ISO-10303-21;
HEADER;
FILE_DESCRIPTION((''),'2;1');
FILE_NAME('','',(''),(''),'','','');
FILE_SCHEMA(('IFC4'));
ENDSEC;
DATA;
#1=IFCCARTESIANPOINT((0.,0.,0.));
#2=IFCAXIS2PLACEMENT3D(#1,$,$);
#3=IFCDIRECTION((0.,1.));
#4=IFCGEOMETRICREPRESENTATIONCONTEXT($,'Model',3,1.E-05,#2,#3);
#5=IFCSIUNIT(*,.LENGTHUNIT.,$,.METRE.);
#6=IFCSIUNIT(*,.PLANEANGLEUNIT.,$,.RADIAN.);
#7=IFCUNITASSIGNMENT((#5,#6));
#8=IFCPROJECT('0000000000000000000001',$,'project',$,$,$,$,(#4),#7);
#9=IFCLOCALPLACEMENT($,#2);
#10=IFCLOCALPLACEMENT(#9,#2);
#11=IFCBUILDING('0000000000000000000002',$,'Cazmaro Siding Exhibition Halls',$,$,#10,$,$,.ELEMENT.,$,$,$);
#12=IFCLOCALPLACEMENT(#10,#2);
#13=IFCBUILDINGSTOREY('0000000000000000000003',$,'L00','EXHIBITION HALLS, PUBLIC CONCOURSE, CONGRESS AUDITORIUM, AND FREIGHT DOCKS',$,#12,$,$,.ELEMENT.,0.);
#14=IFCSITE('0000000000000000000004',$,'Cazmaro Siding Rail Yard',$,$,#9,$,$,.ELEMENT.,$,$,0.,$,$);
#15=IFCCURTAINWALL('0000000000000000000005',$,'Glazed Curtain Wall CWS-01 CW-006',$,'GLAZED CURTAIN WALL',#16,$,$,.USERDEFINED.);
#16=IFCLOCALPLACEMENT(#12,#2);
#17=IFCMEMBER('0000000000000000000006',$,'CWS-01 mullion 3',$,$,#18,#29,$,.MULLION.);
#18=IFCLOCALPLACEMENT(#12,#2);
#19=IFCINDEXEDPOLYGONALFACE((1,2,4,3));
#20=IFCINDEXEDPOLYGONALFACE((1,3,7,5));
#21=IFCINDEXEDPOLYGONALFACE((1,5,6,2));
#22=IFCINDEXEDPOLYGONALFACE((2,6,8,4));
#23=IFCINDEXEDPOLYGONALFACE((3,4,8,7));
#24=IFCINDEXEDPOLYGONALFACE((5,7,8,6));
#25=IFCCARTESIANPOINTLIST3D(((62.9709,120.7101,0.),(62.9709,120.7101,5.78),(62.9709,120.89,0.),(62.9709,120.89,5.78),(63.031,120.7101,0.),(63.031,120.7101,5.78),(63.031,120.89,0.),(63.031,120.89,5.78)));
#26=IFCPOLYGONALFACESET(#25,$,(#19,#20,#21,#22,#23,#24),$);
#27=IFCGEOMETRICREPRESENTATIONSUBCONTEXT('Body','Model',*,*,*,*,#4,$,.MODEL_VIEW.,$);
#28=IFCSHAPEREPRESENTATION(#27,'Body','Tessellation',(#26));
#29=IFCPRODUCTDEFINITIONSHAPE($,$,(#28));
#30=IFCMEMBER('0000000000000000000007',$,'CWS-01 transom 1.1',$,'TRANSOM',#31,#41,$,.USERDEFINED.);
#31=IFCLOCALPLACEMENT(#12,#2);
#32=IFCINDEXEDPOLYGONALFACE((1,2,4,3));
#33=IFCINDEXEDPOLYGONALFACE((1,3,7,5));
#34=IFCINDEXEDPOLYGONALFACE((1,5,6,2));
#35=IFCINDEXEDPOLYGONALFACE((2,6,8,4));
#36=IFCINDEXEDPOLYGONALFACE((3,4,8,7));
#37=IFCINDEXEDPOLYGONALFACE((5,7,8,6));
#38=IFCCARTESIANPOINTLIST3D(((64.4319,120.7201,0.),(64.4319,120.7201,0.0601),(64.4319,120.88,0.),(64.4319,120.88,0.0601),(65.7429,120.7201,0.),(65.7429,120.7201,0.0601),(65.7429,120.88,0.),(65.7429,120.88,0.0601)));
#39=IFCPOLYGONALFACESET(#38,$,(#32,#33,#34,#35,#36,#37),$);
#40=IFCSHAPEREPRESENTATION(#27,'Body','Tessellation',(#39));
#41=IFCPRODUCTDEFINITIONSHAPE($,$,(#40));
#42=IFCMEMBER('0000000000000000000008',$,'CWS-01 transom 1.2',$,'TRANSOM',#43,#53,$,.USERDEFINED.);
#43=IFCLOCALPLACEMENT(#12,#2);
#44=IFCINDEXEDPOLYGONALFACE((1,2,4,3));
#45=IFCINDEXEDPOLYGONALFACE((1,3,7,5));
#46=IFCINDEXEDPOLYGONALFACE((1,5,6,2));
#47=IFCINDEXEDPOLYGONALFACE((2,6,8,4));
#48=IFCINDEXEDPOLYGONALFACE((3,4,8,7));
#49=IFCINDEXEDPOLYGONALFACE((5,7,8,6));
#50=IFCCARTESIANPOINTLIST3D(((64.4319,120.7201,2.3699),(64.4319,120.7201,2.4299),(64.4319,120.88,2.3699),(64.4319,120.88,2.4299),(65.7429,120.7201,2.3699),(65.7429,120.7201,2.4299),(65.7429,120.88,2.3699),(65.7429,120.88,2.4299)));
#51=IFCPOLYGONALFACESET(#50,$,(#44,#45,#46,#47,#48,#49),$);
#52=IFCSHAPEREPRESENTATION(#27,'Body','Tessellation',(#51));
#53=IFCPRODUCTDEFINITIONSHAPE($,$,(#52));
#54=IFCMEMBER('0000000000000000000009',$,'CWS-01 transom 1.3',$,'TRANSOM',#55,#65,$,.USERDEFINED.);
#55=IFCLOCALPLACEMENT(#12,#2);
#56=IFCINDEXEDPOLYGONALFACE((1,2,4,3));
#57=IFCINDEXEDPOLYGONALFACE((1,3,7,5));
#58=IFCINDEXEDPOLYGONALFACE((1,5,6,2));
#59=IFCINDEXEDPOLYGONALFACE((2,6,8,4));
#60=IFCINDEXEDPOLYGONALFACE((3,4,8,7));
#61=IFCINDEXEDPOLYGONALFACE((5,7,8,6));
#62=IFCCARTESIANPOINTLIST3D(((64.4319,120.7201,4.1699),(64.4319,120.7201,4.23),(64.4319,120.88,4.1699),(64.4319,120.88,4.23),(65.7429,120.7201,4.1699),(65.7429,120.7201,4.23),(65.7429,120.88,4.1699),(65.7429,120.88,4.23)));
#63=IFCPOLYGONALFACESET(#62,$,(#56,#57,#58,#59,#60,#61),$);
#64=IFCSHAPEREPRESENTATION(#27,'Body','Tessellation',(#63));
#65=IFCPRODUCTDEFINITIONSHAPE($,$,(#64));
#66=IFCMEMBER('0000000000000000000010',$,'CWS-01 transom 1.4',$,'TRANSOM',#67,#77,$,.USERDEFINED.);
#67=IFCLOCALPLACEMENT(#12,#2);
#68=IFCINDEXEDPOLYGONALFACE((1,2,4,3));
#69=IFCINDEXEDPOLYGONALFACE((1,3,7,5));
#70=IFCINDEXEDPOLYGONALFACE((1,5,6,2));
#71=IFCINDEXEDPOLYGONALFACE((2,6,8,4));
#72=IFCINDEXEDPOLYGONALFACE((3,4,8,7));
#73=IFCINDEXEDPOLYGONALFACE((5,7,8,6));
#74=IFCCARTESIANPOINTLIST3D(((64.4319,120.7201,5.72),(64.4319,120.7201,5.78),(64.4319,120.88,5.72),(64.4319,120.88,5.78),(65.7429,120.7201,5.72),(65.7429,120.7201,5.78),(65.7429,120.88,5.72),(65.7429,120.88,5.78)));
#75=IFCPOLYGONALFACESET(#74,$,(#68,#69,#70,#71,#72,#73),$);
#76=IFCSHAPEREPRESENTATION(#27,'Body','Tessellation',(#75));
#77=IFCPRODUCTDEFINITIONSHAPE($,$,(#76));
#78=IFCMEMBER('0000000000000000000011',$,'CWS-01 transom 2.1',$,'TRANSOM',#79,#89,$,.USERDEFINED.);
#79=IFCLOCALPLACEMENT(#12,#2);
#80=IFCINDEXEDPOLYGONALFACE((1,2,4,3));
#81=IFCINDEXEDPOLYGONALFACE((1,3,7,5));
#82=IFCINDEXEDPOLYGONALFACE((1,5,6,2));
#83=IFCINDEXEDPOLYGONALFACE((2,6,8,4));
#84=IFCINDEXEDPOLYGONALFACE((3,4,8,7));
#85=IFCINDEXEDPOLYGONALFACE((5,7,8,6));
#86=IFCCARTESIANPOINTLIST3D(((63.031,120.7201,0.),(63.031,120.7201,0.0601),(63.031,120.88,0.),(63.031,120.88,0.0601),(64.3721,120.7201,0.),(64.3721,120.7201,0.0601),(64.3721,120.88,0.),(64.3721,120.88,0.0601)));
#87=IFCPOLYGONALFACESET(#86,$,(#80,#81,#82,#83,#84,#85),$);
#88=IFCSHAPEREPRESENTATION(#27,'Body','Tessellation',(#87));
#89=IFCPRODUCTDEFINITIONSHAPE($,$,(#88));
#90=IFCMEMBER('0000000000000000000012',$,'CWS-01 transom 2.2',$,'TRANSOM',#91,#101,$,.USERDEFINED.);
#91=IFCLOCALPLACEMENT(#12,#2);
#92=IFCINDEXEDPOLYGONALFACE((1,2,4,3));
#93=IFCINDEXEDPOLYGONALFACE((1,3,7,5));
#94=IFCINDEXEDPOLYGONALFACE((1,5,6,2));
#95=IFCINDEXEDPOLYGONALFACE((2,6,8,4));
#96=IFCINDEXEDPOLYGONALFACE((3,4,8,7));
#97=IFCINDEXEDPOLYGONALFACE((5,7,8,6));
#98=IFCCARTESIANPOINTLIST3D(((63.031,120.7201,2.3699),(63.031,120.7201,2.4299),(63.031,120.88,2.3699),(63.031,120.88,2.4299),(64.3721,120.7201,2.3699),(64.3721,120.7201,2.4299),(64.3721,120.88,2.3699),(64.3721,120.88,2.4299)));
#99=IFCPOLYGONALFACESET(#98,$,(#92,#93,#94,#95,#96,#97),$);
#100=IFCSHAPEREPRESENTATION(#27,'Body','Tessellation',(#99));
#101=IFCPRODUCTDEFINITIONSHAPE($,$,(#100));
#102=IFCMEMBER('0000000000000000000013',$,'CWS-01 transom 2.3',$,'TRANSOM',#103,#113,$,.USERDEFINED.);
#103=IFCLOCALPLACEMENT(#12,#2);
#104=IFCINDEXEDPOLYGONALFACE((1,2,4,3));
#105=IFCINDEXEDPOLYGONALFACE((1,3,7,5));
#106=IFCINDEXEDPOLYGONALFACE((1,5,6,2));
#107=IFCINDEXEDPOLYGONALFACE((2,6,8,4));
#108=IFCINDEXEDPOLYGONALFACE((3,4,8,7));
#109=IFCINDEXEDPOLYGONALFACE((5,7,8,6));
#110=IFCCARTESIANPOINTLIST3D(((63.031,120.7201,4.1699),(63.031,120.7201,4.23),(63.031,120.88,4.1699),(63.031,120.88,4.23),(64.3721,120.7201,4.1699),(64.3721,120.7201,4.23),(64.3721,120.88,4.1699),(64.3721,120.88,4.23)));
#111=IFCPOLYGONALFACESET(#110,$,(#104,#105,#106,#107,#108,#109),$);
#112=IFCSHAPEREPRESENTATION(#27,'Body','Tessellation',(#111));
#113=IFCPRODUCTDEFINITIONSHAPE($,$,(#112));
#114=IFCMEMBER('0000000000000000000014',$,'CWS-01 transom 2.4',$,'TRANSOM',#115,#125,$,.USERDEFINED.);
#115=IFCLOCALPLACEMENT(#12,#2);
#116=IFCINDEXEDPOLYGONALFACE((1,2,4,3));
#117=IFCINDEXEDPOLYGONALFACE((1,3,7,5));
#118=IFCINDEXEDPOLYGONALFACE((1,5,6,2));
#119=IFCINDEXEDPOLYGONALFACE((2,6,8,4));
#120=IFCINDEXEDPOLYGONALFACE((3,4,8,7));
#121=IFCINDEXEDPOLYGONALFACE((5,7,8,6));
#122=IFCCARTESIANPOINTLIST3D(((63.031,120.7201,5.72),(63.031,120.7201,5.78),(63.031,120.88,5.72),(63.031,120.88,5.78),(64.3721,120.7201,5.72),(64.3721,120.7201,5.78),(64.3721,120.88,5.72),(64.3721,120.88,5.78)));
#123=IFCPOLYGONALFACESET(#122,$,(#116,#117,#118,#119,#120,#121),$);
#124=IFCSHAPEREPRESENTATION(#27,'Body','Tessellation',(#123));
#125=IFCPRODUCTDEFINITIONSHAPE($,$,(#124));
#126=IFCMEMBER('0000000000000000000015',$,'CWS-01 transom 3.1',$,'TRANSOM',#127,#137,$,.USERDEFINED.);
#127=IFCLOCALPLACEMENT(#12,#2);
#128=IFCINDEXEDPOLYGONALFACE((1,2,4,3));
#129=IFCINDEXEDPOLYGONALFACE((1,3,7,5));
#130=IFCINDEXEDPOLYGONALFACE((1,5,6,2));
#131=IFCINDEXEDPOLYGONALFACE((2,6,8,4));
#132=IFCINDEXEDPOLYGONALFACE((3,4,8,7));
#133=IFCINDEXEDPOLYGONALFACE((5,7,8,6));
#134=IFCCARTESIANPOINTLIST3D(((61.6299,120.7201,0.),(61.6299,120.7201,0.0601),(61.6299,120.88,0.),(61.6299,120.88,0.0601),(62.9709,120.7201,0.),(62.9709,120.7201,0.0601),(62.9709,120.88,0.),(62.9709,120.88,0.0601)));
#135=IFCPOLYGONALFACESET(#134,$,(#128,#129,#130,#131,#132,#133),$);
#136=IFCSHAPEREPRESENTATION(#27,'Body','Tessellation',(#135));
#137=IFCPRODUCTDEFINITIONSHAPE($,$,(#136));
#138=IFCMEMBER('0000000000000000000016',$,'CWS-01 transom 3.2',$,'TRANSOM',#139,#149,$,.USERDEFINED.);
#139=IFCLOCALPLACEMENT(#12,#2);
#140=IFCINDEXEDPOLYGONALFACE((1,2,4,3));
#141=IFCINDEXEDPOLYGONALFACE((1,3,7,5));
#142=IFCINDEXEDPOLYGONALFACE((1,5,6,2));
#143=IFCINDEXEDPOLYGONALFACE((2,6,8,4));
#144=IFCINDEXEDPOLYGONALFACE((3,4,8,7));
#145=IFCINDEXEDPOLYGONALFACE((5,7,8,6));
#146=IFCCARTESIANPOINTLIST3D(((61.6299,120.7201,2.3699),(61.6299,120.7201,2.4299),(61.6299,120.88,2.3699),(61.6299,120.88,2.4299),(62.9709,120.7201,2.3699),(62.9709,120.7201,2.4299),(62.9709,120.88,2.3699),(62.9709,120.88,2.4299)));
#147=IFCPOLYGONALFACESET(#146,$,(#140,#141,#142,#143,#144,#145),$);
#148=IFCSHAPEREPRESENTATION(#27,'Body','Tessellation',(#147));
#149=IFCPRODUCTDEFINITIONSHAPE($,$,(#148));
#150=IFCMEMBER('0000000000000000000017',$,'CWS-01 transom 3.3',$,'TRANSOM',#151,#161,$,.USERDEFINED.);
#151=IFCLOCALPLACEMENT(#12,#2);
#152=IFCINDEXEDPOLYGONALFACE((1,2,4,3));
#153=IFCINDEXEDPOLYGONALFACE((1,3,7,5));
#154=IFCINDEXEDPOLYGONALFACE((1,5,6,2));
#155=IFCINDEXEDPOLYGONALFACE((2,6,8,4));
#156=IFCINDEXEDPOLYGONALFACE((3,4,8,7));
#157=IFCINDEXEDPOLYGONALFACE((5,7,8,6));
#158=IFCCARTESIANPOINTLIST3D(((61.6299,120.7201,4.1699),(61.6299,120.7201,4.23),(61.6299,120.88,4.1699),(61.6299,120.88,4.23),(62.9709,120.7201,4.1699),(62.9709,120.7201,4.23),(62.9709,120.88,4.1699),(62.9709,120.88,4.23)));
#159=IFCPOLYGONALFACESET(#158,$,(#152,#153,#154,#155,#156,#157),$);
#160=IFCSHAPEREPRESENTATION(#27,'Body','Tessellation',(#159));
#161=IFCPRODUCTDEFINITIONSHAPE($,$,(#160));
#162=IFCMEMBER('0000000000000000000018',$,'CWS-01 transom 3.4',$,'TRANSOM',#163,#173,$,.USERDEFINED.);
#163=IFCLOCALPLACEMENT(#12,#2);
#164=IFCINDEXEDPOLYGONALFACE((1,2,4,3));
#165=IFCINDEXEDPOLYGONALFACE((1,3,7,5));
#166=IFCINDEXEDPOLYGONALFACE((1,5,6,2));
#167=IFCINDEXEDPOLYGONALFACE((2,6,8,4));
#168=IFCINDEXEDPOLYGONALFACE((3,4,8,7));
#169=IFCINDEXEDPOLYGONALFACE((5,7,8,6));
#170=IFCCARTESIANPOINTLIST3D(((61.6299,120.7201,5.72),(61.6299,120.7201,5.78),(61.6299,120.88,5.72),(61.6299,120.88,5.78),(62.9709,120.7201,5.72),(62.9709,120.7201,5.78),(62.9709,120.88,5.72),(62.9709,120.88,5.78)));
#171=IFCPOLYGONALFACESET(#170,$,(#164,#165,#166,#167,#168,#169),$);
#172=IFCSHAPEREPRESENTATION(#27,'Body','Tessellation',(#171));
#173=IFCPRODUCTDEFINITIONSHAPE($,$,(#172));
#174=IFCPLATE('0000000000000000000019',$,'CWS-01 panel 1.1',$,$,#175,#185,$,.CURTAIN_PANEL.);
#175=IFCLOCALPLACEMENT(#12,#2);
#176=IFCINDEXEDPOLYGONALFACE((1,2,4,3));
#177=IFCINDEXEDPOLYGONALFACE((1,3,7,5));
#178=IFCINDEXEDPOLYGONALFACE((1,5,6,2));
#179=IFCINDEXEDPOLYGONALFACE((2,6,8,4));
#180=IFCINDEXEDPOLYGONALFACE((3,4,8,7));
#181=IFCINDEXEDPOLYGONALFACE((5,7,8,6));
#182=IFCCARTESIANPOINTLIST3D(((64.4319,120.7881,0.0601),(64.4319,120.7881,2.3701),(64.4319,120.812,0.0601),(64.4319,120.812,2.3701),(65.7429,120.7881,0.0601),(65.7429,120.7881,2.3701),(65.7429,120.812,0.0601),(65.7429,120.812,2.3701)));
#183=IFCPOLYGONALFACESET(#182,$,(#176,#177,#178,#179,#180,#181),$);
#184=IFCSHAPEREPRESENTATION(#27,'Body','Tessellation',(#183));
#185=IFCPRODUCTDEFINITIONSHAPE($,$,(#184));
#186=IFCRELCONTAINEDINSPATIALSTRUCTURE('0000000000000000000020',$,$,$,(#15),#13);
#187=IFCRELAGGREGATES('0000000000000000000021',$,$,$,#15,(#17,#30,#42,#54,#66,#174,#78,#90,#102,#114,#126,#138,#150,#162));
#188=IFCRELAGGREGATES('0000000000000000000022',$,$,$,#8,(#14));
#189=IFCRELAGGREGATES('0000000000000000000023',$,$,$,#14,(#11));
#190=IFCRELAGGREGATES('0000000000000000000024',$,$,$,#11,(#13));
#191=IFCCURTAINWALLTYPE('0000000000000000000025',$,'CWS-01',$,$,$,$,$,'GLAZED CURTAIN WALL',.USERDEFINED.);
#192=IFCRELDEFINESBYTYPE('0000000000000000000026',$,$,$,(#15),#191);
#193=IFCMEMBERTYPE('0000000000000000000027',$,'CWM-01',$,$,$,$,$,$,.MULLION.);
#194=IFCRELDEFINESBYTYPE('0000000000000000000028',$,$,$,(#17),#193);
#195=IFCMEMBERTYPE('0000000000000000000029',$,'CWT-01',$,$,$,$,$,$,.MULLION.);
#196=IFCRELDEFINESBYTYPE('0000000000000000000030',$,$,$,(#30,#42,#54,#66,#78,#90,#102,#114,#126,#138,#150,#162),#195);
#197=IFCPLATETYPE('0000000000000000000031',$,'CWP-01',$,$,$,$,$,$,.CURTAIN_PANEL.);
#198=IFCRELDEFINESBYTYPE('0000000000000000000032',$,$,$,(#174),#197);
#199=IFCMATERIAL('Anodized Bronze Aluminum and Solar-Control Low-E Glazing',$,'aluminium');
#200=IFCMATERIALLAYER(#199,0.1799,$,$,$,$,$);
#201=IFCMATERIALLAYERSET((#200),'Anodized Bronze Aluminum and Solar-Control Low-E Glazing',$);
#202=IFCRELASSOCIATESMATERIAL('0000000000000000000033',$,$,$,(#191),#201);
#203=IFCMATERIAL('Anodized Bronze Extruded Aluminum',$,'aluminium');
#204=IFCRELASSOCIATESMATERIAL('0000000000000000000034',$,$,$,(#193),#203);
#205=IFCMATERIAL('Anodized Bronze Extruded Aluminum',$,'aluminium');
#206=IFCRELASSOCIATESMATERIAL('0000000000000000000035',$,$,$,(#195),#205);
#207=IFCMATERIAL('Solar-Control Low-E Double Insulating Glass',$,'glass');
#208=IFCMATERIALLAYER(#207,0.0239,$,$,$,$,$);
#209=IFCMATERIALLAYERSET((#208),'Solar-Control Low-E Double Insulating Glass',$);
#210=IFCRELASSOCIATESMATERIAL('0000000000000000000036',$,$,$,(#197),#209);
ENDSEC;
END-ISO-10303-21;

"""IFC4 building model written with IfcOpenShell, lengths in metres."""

from ifc_helpers import new_model, si_unit, direction, frame, origin, origin_2d, place, context, subcontext, project, spatial, rectangle, extrude, material, layer, layer_set, material_profile, profile_set, type_object, element, aggregate, save


model = new_model("IFC4")

# Units and contexts
model_context = context("Model", 3, precision=1e-05, world=origin(), true_north=direction((0.0, 1.0)))
body_context = subcontext(model_context, "Body", "Model", "MODEL_VIEW")
ifc_project = project(units=[si_unit("LENGTHUNIT", "METRE"), si_unit("PLANEANGLEUNIT", "RADIAN")], contexts=[model_context])

# Site, building, storey
site_placement = place(None, origin())
site = spatial("IfcSite", under=ifc_project, at=site_placement, Name="Cazmaro Siding Rail Yard", CompositionType="ELEMENT", RefElevation=0.0)
building_placement = place(site_placement, origin())
building = spatial("IfcBuilding", under=site, at=building_placement, Name="Cazmaro Siding Exhibition Halls", CompositionType="ELEMENT")
storey_placement = place(building_placement, origin())
storey = spatial("IfcBuildingStorey", under=building, at=storey_placement, Name="L00", Description="EXHIBITION HALLS, PUBLIC CONCOURSE, CONGRESS AUDITORIUM, AND FREIGHT DOCKS", CompositionType="ELEMENT", Elevation=0.0)

# Curtain wall, members, plate
ifc_material_1 = material(Name="Anodized Bronze Aluminum and Solar-Control Low-E Glazing", Category="aluminium")
ifc_layer_1 = layer(ifc_material_1, 0.1799)
ifc_layer_set_1 = layer_set([ifc_layer_1], Name="Anodized Bronze Aluminum and Solar-Control Low-E Glazing")
curtain_wall_type = type_object("IfcCurtainWallType", Name="CWS-01", ElementType="GLAZED CURTAIN WALL", PredefinedType="USERDEFINED", material=ifc_layer_set_1)
curtain_wall_placement = place(storey_placement, origin())
curtain_wall = element("IfcCurtainWall", 1, at=curtain_wall_placement, inside=storey, type_object=curtain_wall_type, Name="Glazed Curtain Wall CWS-01 CW-006", ObjectType="GLAZED CURTAIN WALL", PredefinedType="USERDEFINED")
ifc_material_2 = material(Name="Anodized Bronze Extruded Aluminum", Category="aluminium")
ifc_material_profile_1 = material_profile(ifc_material_2, rectangle(XDim=0.1799, YDim=0.0601, at=origin_2d()), Name="CWM-01")
ifc_profile_set_1 = profile_set([ifc_material_profile_1], Name="Anodized Bronze Extruded Aluminum")
member_type_1 = type_object("IfcMemberType", Name="CWM-01", PredefinedType="MULLION", material=ifc_profile_set_1)
member_1_placement = place(storey_placement, frame((63.001, 120.8, 0.0), z_axis=(0.0, 0.0, 1.0), x_axis=(0.0, -1.0, 0.0)))
member_1 = element("IfcMember", 2, at=member_1_placement, type_object=member_type_1, Name="CWS-01 mullion 3", PredefinedType="MULLION", context=body_context, shape_type="SweptSolid", body=[
    extrude(rectangle(XDim=0.1799, YDim=0.0601, at=origin_2d()), origin(), (0.0, 0.0, 1.0), 5.78),
])
ifc_material_3 = material(Name="Anodized Bronze Extruded Aluminum", Category="aluminium")
ifc_material_profile_2 = material_profile(ifc_material_3, rectangle(XDim=0.1599, YDim=0.0601, at=origin_2d()), Name="CWT-01")
ifc_profile_set_2 = profile_set([ifc_material_profile_2], Name="Anodized Bronze Extruded Aluminum")
member_type_2 = type_object("IfcMemberType", Name="CWT-01", PredefinedType="MULLION", material=ifc_profile_set_2)
member_2_placement = place(storey_placement, frame((65.7429, 120.8, 0.03), z_axis=(-1.0, 0.0, 0.0), x_axis=(0.0, -1.0, 0.0)))
member_2 = element("IfcMember", 3, at=member_2_placement, type_object=member_type_2, Name="CWS-01 transom 1.1", ObjectType="TRANSOM", PredefinedType="USERDEFINED", context=body_context, shape_type="SweptSolid", body=[
    extrude(rectangle(XDim=0.1599, YDim=0.0601, at=origin_2d()), origin(), (0.0, 0.0, 1.0), 1.311),
])
member_3_placement = place(storey_placement, frame((65.7429, 120.8, 2.3999), z_axis=(-1.0, 0.0, 0.0), x_axis=(0.0, -1.0, 0.0)))
member_3 = element("IfcMember", 4, at=member_3_placement, type_object=member_type_2, Name="CWS-01 transom 1.2", ObjectType="TRANSOM", PredefinedType="USERDEFINED", context=body_context, shape_type="SweptSolid", body=[
    extrude(rectangle(XDim=0.1599, YDim=0.0601, at=origin_2d()), origin(), (0.0, 0.0, 1.0), 1.311),
])
member_4_placement = place(storey_placement, frame((65.7429, 120.8, 4.2), z_axis=(-1.0, 0.0, 0.0), x_axis=(0.0, -1.0, 0.0)))
member_4 = element("IfcMember", 5, at=member_4_placement, type_object=member_type_2, Name="CWS-01 transom 1.3", ObjectType="TRANSOM", PredefinedType="USERDEFINED", context=body_context, shape_type="SweptSolid", body=[
    extrude(rectangle(XDim=0.1599, YDim=0.0601, at=origin_2d()), origin(), (0.0, 0.0, 1.0), 1.311),
])
member_5_placement = place(storey_placement, frame((65.7429, 120.8, 5.75), z_axis=(-1.0, 0.0, 0.0), x_axis=(0.0, -1.0, 0.0)))
member_5 = element("IfcMember", 6, at=member_5_placement, type_object=member_type_2, Name="CWS-01 transom 1.4", ObjectType="TRANSOM", PredefinedType="USERDEFINED", context=body_context, shape_type="SweptSolid", body=[
    extrude(rectangle(XDim=0.1599, YDim=0.0601, at=origin_2d()), origin(), (0.0, 0.0, 1.0), 1.311),
])
member_6_placement = place(storey_placement, frame((64.3721, 120.8, 0.03), z_axis=(-1.0, 0.0, 0.0), x_axis=(0.0, -1.0, 0.0)))
member_6 = element("IfcMember", 7, at=member_6_placement, type_object=member_type_2, Name="CWS-01 transom 2.1", ObjectType="TRANSOM", PredefinedType="USERDEFINED", context=body_context, shape_type="SweptSolid", body=[
    extrude(rectangle(XDim=0.1599, YDim=0.0601, at=origin_2d()), origin(), (0.0, 0.0, 1.0), 1.3411),
])
member_7_placement = place(storey_placement, frame((64.3721, 120.8, 2.3999), z_axis=(-1.0, 0.0, 0.0), x_axis=(0.0, -1.0, 0.0)))
member_7 = element("IfcMember", 8, at=member_7_placement, type_object=member_type_2, Name="CWS-01 transom 2.2", ObjectType="TRANSOM", PredefinedType="USERDEFINED", context=body_context, shape_type="SweptSolid", body=[
    extrude(rectangle(XDim=0.1599, YDim=0.0601, at=origin_2d()), origin(), (0.0, 0.0, 1.0), 1.3411),
])
member_8_placement = place(storey_placement, frame((64.3721, 120.8, 4.2), z_axis=(-1.0, 0.0, 0.0), x_axis=(0.0, -1.0, 0.0)))
member_8 = element("IfcMember", 9, at=member_8_placement, type_object=member_type_2, Name="CWS-01 transom 2.3", ObjectType="TRANSOM", PredefinedType="USERDEFINED", context=body_context, shape_type="SweptSolid", body=[
    extrude(rectangle(XDim=0.1599, YDim=0.0601, at=origin_2d()), origin(), (0.0, 0.0, 1.0), 1.3411),
])
member_9_placement = place(storey_placement, frame((64.3721, 120.8, 5.75), z_axis=(-1.0, 0.0, 0.0), x_axis=(0.0, -1.0, 0.0)))
member_9 = element("IfcMember", 10, at=member_9_placement, type_object=member_type_2, Name="CWS-01 transom 2.4", ObjectType="TRANSOM", PredefinedType="USERDEFINED", context=body_context, shape_type="SweptSolid", body=[
    extrude(rectangle(XDim=0.1599, YDim=0.0601, at=origin_2d()), origin(), (0.0, 0.0, 1.0), 1.3411),
])
member_10_placement = place(storey_placement, frame((62.9709, 120.8, 0.03), z_axis=(-1.0, 0.0, 0.0), x_axis=(0.0, -1.0, 0.0)))
member_10 = element("IfcMember", 11, at=member_10_placement, type_object=member_type_2, Name="CWS-01 transom 3.1", ObjectType="TRANSOM", PredefinedType="USERDEFINED", context=body_context, shape_type="SweptSolid", body=[
    extrude(rectangle(XDim=0.1599, YDim=0.0601, at=origin_2d()), origin(), (0.0, 0.0, 1.0), 1.3411),
])
member_11_placement = place(storey_placement, frame((62.9709, 120.8, 2.3999), z_axis=(-1.0, 0.0, 0.0), x_axis=(0.0, -1.0, 0.0)))
member_11 = element("IfcMember", 12, at=member_11_placement, type_object=member_type_2, Name="CWS-01 transom 3.2", ObjectType="TRANSOM", PredefinedType="USERDEFINED", context=body_context, shape_type="SweptSolid", body=[
    extrude(rectangle(XDim=0.1599, YDim=0.0601, at=origin_2d()), origin(), (0.0, 0.0, 1.0), 1.3411),
])
member_12_placement = place(storey_placement, frame((62.9709, 120.8, 4.2), z_axis=(-1.0, 0.0, 0.0), x_axis=(0.0, -1.0, 0.0)))
member_12 = element("IfcMember", 13, at=member_12_placement, type_object=member_type_2, Name="CWS-01 transom 3.3", ObjectType="TRANSOM", PredefinedType="USERDEFINED", context=body_context, shape_type="SweptSolid", body=[
    extrude(rectangle(XDim=0.1599, YDim=0.0601, at=origin_2d()), origin(), (0.0, 0.0, 1.0), 1.3411),
])
member_13_placement = place(storey_placement, frame((62.9709, 120.8, 5.75), z_axis=(-1.0, 0.0, 0.0), x_axis=(0.0, -1.0, 0.0)))
member_13 = element("IfcMember", 14, at=member_13_placement, type_object=member_type_2, Name="CWS-01 transom 3.4", ObjectType="TRANSOM", PredefinedType="USERDEFINED", context=body_context, shape_type="SweptSolid", body=[
    extrude(rectangle(XDim=0.1599, YDim=0.0601, at=origin_2d()), origin(), (0.0, 0.0, 1.0), 1.3411),
])
ifc_material_4 = material(Name="Solar-Control Low-E Double Insulating Glass", Category="glass")
ifc_layer_2 = layer(ifc_material_4, 0.0239)
ifc_layer_set_2 = layer_set([ifc_layer_2], Name="Solar-Control Low-E Double Insulating Glass")
plate_type = type_object("IfcPlateType", Name="CWP-01", PredefinedType="CURTAIN_PANEL", material=ifc_layer_set_2)
plate_1_placement = place(storey_placement, frame((65.0874, 120.8, 0.0601), z_axis=(0.0, 0.0, 1.0), x_axis=(-1.0, 0.0, 0.0)))
plate_1 = element("IfcPlate", 15, at=plate_1_placement, type_object=plate_type, Name="CWS-01 panel 1.1", PredefinedType="CURTAIN_PANEL", context=body_context, shape_type="SweptSolid", body=[
    extrude(rectangle(XDim=1.311, YDim=0.0239, at=origin_2d()), origin(), (0.0, 0.0, 1.0), 2.3101),
])
aggregate(curtain_wall, [member_1, member_2, member_3, member_4, member_5, plate_1, member_6, member_7, member_8, member_9, member_10, member_11, member_12, member_13])

save(model, "model.ifc")
